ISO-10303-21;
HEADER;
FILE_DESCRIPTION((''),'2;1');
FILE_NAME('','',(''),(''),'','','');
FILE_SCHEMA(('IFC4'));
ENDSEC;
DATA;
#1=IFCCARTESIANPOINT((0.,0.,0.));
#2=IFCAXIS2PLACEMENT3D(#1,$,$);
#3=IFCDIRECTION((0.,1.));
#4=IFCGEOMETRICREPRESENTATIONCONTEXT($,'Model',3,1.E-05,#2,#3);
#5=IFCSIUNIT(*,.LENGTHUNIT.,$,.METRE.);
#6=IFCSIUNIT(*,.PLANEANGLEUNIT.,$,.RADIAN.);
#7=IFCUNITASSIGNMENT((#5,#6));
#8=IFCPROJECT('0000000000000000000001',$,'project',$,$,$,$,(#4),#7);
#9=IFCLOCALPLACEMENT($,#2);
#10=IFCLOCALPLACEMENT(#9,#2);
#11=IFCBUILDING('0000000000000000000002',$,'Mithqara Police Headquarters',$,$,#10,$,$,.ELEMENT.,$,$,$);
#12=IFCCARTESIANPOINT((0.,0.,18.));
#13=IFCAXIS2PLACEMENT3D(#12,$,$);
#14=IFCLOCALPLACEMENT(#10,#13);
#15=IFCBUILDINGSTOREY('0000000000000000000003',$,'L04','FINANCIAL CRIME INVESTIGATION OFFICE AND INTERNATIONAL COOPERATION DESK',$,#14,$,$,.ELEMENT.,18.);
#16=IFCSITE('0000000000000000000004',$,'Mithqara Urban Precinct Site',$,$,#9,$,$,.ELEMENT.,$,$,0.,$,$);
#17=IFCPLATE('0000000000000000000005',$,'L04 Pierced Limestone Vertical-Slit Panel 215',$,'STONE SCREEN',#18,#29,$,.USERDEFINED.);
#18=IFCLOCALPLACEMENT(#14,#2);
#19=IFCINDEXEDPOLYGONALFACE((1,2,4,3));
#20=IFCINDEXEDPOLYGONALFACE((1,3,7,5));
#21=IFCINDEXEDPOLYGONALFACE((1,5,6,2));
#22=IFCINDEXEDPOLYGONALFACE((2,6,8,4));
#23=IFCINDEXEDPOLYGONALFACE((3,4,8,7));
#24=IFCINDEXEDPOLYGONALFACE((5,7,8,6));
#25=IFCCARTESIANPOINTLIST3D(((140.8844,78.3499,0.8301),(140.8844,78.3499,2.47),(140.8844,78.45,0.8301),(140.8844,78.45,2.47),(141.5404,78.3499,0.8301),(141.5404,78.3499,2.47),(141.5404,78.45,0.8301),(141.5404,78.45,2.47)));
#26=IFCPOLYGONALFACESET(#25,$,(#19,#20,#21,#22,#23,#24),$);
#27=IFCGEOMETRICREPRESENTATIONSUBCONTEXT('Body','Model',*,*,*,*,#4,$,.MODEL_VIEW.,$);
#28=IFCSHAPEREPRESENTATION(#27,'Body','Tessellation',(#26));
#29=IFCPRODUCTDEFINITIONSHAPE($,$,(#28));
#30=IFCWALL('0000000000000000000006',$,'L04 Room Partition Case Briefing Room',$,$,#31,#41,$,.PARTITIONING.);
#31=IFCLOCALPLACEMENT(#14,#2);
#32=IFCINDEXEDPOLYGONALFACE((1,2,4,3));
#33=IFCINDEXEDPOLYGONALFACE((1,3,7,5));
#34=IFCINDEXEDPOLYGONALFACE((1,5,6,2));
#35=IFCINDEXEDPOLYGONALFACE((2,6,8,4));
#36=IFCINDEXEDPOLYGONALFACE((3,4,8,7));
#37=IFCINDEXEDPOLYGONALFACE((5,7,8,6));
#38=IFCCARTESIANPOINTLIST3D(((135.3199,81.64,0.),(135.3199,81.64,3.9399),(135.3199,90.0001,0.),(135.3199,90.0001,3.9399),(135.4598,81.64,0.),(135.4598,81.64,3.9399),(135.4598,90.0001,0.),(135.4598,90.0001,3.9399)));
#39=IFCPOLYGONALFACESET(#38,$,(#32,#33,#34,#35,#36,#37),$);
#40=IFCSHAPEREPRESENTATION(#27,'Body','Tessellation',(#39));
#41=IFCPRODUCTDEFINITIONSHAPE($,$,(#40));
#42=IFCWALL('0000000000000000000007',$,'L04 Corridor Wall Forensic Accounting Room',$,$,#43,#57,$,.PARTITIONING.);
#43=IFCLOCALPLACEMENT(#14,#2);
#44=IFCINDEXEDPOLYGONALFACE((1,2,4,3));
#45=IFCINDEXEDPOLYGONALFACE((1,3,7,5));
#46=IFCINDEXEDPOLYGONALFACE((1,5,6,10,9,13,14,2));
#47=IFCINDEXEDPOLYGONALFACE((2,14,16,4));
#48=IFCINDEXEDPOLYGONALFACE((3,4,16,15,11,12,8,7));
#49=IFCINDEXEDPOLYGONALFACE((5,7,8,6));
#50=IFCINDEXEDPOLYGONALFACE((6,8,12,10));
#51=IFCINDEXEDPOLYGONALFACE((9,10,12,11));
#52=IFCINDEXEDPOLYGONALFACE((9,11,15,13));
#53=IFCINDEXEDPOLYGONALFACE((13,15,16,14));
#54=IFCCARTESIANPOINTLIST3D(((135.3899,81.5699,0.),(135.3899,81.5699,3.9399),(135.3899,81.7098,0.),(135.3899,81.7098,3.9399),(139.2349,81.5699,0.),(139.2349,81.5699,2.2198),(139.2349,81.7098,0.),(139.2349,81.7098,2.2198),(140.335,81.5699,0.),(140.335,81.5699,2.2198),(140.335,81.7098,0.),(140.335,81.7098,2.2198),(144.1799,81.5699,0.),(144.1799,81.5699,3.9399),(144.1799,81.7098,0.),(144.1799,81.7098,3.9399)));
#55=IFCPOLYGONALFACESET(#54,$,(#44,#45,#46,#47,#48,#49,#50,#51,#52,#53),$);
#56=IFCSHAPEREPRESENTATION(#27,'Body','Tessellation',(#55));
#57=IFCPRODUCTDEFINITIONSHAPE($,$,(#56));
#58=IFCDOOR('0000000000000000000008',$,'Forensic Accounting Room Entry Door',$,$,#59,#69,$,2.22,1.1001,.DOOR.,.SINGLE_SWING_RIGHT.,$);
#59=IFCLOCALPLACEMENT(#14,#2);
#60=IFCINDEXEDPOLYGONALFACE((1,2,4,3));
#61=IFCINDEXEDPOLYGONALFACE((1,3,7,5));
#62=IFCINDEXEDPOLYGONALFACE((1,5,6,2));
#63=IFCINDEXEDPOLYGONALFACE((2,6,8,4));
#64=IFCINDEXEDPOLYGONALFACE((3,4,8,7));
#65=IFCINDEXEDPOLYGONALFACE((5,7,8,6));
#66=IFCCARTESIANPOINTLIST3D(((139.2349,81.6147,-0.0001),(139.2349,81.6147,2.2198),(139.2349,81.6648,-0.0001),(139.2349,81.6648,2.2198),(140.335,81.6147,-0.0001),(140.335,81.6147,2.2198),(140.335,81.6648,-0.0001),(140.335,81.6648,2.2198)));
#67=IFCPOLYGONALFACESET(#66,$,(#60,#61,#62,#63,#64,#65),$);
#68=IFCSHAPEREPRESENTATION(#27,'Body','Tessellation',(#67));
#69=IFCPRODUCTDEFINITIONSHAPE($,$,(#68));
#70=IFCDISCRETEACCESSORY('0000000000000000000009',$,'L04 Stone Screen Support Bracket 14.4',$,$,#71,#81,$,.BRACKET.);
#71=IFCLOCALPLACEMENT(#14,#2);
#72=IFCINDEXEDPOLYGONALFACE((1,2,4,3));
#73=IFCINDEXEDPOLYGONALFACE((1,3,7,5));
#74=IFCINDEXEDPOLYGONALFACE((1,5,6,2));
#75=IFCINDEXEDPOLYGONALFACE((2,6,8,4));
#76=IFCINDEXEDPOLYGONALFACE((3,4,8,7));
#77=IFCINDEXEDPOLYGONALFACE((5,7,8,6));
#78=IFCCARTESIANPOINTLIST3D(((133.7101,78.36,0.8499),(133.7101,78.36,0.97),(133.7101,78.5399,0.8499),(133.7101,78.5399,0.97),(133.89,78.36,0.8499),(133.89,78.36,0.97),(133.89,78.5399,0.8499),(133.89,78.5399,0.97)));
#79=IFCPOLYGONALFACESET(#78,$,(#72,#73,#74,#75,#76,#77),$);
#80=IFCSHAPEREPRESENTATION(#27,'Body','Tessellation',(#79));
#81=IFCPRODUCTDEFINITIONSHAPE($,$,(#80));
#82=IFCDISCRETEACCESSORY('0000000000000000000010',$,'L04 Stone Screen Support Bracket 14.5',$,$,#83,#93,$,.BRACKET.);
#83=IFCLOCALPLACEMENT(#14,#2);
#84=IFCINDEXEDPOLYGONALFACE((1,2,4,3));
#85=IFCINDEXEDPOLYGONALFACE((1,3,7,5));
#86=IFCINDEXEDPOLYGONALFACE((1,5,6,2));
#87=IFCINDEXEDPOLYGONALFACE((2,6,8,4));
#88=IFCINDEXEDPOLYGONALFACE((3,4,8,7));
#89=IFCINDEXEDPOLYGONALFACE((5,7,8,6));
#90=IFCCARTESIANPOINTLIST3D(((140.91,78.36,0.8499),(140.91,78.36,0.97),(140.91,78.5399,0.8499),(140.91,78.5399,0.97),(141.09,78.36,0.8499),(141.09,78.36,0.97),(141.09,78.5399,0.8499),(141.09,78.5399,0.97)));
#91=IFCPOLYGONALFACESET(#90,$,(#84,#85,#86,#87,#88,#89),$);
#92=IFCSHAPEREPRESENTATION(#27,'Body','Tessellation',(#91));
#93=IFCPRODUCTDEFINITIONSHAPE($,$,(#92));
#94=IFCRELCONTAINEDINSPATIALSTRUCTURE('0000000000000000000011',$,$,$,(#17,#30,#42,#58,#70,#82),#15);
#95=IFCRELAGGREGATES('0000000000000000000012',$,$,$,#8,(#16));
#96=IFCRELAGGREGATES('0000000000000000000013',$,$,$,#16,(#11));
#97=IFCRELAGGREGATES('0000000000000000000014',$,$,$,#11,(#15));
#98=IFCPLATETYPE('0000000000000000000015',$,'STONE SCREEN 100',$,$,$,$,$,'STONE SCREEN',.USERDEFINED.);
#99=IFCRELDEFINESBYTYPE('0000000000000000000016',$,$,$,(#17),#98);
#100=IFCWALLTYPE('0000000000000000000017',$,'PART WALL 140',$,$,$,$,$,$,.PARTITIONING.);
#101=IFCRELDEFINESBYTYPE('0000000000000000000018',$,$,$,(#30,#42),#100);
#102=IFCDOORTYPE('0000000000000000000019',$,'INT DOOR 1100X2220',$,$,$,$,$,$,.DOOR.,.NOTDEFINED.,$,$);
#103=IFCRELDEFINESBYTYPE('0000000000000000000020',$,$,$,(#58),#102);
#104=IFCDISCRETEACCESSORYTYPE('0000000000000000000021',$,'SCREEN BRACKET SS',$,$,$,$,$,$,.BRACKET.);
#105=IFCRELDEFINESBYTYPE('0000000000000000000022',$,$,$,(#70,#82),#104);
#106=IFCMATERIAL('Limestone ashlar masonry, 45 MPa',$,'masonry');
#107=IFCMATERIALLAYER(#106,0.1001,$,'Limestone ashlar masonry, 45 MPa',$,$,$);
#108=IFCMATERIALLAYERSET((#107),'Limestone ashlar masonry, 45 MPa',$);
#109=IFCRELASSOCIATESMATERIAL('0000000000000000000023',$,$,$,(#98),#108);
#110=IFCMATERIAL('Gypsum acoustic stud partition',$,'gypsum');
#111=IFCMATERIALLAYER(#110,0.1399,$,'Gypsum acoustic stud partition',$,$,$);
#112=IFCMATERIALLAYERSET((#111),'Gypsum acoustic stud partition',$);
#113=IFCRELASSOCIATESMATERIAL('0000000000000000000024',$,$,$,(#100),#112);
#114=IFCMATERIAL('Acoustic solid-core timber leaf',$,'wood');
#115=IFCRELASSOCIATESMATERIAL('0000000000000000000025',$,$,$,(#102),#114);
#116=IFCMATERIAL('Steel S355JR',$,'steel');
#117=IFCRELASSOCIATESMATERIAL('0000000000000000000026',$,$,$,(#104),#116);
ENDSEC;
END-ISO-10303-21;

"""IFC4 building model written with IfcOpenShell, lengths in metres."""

from ifc_helpers import new_model, si_unit, direction, frame, frame_2d, origin, origin_2d, place, context, subcontext, project, spatial, rectangle, extrude, material, layer, layer_set, type_object, element, fill, save


model = new_model("IFC4")

# Units and contexts
model_context = context("Model", 3, precision=1e-05, world=origin(), true_north=direction((0.0, 1.0)))
body_context = subcontext(model_context, "Body", "Model", "MODEL_VIEW")
ifc_project = project(units=[si_unit("LENGTHUNIT", "METRE"), si_unit("PLANEANGLEUNIT", "RADIAN")], contexts=[model_context])

# Site, building, storey
site_placement = place(None, origin())
site = spatial("IfcSite", under=ifc_project, at=site_placement, Name="Mithqara Urban Precinct Site", CompositionType="ELEMENT", RefElevation=0.0)
building_placement = place(site_placement, origin())
building = spatial("IfcBuilding", under=site, at=building_placement, Name="Mithqara Police Headquarters", CompositionType="ELEMENT")
storey_placement = place(building_placement, frame((0.0, 0.0, 18.0)))
storey = spatial("IfcBuildingStorey", under=building, at=storey_placement, Name="L04", Description="FINANCIAL CRIME INVESTIGATION OFFICE AND INTERNATIONAL COOPERATION DESK", CompositionType="ELEMENT", Elevation=18.0)

# Shared definitions
ifc_material_1 = material(Name="Steel S355JR", Category="steel")

# Plate
ifc_material_2 = material(Name="Limestone ashlar masonry, 45 MPa", Category="masonry")
ifc_layer_1 = layer(ifc_material_2, 0.1001, Name="Limestone ashlar masonry, 45 MPa")
ifc_layer_set_1 = layer_set([ifc_layer_1], Name="Limestone ashlar masonry, 45 MPa")
plate_type = type_object("IfcPlateType", Name="STONE SCREEN 100", ElementType="STONE SCREEN", PredefinedType="USERDEFINED", material=ifc_layer_set_1)
for number, where, z_axis, x_axis, name in (
    (1, (141.2124, 78.3999, 0.8301), (0.0, 0.0, 1.0), (1.0, 0.0, 0.0), "L04 Pierced Limestone Vertical-Slit Panel 215"),
):
    element("IfcPlate", number, at=place(storey_placement, frame(where, z_axis=z_axis, x_axis=x_axis)), inside=storey, type_object=plate_type, Name=name, ObjectType="STONE SCREEN", PredefinedType="USERDEFINED", context=body_context, shape_type="SweptSolid", body=[
        extrude(rectangle(XDim=0.656, YDim=0.1001, at=origin_2d()), origin(), (0.0, 0.0, 1.0), 1.6399),
    ])

# Wall
ifc_material_3 = material(Name="Gypsum acoustic stud partition", Category="gypsum")
ifc_layer_2 = layer(ifc_material_3, 0.1399, Name="Gypsum acoustic stud partition")
ifc_layer_set_2 = layer_set([ifc_layer_2], Name="Gypsum acoustic stud partition")
wall_type = type_object("IfcWallType", Name="PART WALL 140", PredefinedType="PARTITIONING", material=ifc_layer_set_2)
wall_1_placement = place(storey_placement, frame((135.3899, 81.6399, 0.0), z_axis=(0.0, 0.0, 1.0), x_axis=(0.0, 1.0, 0.0)))
element("IfcWall", 2, at=wall_1_placement, inside=storey, type_object=wall_type, Name="L04 Room Partition Case Briefing Room", PredefinedType="PARTITIONING", context=body_context, shape_type="SweptSolid", body=[
    extrude(rectangle(XDim=8.3601, YDim=0.1399, at=frame_2d((4.1802, 0.0))), origin(), (0.0, 0.0, 1.0), 3.9399),
])

# Wall, opening, door
wall_2_placement = place(storey_placement, frame((135.3899, 81.6399, 0.0), z_axis=(0.0, 0.0, 1.0), x_axis=(1.0, 0.0, 0.0)))
wall_2 = element("IfcWall", 3, at=wall_2_placement, inside=storey, type_object=wall_type, Name="L04 Corridor Wall Forensic Accounting Room", PredefinedType="PARTITIONING", context=body_context, shape_type="SweptSolid", body=[
    extrude(rectangle(XDim=8.79, YDim=0.1399, at=frame_2d((4.395, 0.0))), origin(), (0.0, 0.0, 1.0), 3.9399),
])
opening_placement = place(wall_2_placement, frame((3.845, 0.0, 0.0)))
opening = element("IfcOpeningElement", 4, at=opening_placement, cuts=wall_2, PredefinedType="OPENING", context=body_context, shape_type="SweptSolid", body=[
    extrude(rectangle(XDim=1.1001, YDim=2.22, at=frame_2d((0.55, 1.1099))), frame((0.0, 0.0801, 0.0), z_axis=(0.0, -1.0, 0.0), x_axis=(1.0, 0.0, 0.0)), (0.0, 0.0, 1.0), 0.1599),
])
ifc_material_4 = material(Name="Acoustic solid-core timber leaf", Category="wood")
door_type = type_object("IfcDoorType", Name="INT DOOR 1100X2220", OperationType="NOTDEFINED", PredefinedType="DOOR", material=ifc_material_4)
door_placement = place(opening_placement, origin())
door = element("IfcDoor", 5, at=door_placement, inside=storey, type_object=door_type, Name="Forensic Accounting Room Entry Door", OperationType="SINGLE_SWING_RIGHT", OverallHeight=2.22, OverallWidth=1.1001, PredefinedType="DOOR", context=body_context, shape_type="SweptSolid", body=[
    extrude(rectangle(XDim=1.1001, YDim=2.22, at=frame_2d((0.55, 1.1099))), frame((0.0, 0.0249, 0.0), z_axis=(0.0, -1.0, 0.0), x_axis=(1.0, 0.0, 0.0)), (0.0, 0.0, 1.0), 0.05),
])
fill(opening, door)

# Discrete accessories
discrete_accessory_type = type_object("IfcDiscreteAccessoryType", Name="SCREEN BRACKET SS", PredefinedType="BRACKET", material=ifc_material_1)
for number, where, z_axis, x_axis, name in (
    (6, (133.8, 78.45, 0.8499), (0.0, 0.0, 1.0), (1.0, 0.0, 0.0), "L04 Stone Screen Support Bracket 14.4"),
    (7, (141.0, 78.45, 0.8499), (0.0, 0.0, 1.0), (1.0, 0.0, 0.0), "L04 Stone Screen Support Bracket 14.5"),
):
    element("IfcDiscreteAccessory", number, at=place(storey_placement, frame(where, z_axis=z_axis, x_axis=x_axis)), inside=storey, type_object=discrete_accessory_type, Name=name, PredefinedType="BRACKET", context=body_context, shape_type="SweptSolid", body=[
        extrude(rectangle(XDim=0.1799, YDim=0.1799, at=origin_2d()), origin(), (0.0, 0.0, 1.0), 0.1201),
    ])

save(model, "model.ifc")
